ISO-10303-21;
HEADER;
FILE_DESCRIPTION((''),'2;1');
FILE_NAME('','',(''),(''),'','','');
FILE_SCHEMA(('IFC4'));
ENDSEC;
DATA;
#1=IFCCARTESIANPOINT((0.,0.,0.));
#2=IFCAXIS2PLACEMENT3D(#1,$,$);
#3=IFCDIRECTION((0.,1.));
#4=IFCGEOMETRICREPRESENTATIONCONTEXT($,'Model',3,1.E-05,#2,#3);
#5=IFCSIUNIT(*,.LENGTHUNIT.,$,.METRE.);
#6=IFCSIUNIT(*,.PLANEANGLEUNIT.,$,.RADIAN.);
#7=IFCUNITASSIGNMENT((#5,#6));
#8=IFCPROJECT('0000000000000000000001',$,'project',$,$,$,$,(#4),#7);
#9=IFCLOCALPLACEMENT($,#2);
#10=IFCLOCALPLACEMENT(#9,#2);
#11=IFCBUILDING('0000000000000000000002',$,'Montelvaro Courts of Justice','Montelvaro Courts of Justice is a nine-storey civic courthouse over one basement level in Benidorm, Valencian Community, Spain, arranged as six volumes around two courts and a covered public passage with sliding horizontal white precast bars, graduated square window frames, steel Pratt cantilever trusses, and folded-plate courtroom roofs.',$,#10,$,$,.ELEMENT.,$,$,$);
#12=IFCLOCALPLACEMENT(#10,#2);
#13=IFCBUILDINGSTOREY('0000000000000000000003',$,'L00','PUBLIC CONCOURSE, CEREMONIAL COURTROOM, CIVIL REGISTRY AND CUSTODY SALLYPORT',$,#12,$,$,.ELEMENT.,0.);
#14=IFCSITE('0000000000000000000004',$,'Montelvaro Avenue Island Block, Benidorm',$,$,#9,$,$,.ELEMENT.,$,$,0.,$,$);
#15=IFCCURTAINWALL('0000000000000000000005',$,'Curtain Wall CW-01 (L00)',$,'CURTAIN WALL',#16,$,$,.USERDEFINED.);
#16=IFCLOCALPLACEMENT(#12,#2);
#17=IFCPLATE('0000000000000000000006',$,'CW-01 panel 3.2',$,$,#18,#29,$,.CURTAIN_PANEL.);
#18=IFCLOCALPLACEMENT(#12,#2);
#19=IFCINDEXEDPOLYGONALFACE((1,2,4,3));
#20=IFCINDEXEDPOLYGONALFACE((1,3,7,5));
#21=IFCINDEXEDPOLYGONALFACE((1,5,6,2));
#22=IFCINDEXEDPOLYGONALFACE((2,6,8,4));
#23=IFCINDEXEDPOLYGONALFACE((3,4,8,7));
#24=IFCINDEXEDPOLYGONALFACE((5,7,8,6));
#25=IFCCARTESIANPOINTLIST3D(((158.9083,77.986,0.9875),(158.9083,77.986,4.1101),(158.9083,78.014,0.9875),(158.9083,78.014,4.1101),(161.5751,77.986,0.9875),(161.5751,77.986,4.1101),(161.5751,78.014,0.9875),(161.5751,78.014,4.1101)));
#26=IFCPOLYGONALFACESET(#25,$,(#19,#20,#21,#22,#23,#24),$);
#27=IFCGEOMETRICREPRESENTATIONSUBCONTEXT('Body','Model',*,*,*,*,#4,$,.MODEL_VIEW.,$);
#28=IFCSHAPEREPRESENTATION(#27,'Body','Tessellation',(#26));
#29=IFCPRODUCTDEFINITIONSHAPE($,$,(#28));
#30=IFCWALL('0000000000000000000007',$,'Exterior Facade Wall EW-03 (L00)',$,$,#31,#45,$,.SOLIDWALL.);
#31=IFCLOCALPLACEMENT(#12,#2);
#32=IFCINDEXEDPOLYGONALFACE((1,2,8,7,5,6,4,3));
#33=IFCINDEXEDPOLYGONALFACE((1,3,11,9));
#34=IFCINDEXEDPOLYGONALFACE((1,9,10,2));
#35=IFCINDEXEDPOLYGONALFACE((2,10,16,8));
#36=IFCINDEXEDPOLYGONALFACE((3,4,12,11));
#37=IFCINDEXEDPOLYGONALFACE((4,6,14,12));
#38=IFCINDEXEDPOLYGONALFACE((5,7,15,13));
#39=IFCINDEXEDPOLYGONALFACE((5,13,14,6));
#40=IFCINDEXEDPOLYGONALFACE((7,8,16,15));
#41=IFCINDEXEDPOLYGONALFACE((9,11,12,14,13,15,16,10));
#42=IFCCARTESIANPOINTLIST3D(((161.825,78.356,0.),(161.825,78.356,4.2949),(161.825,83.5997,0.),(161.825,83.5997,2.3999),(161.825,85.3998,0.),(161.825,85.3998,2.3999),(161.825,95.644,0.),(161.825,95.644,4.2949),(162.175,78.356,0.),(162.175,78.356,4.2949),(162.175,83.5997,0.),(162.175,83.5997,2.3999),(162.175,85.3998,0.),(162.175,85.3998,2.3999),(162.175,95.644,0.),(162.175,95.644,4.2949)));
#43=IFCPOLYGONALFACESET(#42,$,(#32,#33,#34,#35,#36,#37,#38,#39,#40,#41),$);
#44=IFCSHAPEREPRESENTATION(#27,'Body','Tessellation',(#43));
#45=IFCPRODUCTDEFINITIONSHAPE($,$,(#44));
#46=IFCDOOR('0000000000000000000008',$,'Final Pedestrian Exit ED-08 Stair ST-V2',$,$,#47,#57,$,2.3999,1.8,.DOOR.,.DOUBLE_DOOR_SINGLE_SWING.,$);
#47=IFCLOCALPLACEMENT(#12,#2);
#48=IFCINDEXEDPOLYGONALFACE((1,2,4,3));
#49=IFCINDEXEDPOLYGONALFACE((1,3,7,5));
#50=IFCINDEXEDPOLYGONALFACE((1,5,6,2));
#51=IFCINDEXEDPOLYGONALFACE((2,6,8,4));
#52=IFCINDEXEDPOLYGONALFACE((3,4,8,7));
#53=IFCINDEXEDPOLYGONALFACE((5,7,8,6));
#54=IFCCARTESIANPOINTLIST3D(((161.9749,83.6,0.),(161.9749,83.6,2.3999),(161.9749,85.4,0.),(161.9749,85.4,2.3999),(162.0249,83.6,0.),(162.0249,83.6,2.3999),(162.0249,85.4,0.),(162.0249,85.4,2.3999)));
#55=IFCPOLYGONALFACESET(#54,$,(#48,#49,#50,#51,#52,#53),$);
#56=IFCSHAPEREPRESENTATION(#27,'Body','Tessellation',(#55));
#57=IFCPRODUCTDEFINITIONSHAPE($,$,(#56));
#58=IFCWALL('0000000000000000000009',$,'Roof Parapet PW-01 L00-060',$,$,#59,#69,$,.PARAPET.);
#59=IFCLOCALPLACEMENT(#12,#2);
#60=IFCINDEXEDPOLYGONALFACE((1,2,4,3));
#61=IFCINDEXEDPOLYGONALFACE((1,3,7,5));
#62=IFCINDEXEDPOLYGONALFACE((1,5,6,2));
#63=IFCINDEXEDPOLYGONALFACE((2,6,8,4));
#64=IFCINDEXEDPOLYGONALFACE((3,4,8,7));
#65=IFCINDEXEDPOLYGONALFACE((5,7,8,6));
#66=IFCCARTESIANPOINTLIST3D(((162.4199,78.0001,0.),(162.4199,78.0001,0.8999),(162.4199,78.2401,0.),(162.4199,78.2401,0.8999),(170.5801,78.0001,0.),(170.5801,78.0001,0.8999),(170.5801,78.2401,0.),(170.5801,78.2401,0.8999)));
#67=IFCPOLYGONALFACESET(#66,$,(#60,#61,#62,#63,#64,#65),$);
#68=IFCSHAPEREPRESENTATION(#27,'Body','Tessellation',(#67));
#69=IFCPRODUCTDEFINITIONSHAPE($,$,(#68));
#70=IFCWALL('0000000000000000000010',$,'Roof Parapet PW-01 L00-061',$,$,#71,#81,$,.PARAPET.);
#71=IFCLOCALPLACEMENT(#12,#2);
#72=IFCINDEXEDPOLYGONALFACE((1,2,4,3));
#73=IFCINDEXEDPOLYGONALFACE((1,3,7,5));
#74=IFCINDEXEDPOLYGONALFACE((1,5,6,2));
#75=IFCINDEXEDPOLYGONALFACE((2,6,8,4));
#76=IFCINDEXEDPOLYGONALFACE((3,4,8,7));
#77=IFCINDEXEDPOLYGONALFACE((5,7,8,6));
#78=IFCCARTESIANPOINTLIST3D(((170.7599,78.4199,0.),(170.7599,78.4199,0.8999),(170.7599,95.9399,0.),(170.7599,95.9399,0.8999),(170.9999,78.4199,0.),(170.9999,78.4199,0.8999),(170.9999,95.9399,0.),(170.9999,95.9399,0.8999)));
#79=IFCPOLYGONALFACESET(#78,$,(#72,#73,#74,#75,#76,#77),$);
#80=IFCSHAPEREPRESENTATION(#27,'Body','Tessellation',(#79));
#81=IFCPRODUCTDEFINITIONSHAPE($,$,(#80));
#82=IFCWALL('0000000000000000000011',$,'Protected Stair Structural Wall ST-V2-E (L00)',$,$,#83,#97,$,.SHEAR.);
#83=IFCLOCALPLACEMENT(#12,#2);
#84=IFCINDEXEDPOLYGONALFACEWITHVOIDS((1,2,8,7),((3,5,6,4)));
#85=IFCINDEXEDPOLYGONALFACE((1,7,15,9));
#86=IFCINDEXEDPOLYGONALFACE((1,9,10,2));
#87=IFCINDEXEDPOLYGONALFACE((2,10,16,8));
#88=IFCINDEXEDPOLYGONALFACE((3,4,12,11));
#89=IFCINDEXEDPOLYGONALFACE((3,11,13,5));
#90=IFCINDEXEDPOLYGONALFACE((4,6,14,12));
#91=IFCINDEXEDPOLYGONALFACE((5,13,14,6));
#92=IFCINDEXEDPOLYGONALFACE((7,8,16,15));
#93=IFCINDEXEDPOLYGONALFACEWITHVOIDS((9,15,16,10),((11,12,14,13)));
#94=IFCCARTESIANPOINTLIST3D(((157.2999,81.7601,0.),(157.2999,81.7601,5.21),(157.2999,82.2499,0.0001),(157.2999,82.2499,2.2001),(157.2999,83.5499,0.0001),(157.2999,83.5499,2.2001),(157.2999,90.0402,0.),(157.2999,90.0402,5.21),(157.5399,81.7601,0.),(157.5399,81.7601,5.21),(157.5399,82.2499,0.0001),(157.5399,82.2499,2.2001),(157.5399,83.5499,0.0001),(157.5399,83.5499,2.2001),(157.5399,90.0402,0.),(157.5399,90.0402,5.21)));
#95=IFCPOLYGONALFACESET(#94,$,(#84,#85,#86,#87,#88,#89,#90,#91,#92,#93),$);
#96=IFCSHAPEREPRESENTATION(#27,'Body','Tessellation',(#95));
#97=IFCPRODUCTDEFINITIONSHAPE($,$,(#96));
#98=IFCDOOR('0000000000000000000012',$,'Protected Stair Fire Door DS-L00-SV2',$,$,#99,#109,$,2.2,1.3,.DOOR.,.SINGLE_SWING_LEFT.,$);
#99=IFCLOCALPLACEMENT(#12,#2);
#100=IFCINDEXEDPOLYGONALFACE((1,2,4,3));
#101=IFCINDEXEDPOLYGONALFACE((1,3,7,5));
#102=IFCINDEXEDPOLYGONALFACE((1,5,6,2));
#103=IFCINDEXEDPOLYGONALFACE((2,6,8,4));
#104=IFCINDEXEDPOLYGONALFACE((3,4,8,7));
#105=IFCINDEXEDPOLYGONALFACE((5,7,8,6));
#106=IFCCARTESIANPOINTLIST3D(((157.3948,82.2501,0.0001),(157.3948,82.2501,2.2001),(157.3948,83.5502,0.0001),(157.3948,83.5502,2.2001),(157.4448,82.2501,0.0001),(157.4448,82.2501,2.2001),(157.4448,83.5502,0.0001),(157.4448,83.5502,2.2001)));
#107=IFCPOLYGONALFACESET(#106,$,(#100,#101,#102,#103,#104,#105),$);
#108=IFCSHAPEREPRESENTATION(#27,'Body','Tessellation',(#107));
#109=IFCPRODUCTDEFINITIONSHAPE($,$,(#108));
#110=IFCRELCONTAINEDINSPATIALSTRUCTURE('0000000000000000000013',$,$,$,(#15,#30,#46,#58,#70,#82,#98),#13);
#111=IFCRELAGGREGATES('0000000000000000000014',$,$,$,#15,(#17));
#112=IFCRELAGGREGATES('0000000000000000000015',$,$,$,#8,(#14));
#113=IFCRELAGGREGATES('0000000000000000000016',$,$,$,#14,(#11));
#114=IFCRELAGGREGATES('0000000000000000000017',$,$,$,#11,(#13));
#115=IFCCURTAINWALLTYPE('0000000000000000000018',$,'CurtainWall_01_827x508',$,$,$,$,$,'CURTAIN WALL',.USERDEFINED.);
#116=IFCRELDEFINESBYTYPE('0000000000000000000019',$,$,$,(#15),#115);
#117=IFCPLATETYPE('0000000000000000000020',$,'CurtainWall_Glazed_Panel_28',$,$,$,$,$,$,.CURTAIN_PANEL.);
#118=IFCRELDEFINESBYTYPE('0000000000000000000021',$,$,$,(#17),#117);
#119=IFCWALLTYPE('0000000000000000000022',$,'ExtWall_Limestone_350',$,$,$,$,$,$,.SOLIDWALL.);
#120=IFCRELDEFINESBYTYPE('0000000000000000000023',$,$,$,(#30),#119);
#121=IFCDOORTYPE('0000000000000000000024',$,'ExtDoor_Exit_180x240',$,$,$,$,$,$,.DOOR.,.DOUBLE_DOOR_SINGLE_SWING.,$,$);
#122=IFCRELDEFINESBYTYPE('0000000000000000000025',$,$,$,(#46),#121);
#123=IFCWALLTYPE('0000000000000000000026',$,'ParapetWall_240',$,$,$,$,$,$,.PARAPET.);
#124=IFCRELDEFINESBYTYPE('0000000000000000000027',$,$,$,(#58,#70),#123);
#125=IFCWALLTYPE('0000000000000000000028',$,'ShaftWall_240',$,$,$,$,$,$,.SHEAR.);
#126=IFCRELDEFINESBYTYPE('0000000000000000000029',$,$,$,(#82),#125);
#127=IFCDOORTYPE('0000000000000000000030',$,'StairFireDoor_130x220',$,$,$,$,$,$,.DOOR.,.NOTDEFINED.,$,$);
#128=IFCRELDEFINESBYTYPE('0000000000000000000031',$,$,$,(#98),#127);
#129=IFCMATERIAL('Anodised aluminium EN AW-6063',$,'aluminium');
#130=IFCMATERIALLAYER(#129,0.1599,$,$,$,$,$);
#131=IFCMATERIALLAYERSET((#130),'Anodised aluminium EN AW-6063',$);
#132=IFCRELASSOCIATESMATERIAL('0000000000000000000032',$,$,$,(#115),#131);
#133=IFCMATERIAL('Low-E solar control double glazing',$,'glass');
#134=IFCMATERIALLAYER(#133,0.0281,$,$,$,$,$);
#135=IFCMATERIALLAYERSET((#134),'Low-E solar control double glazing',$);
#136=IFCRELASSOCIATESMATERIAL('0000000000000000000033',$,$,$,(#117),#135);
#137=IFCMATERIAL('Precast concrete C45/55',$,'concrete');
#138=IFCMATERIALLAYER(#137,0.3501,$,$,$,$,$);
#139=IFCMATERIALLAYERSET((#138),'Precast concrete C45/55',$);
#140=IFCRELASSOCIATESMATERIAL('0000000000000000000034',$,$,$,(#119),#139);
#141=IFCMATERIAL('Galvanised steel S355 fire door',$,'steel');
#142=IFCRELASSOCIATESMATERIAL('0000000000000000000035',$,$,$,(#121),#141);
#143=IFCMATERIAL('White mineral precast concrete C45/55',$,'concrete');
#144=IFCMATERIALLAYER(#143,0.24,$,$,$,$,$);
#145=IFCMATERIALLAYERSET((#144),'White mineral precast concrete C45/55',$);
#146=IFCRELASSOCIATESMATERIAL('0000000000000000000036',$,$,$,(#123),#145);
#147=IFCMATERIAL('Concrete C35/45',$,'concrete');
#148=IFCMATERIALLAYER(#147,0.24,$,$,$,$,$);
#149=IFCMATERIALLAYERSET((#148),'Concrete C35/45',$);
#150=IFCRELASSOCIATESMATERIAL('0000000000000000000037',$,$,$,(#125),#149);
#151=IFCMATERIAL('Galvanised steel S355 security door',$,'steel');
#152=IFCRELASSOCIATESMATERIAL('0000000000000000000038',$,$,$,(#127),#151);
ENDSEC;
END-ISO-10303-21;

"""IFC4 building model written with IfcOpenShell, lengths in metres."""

from ifc_helpers import new_model, si_unit, direction, frame, frame_2d, origin, origin_2d, place, context, subcontext, project, spatial, rectangle, extrude, material, layer, layer_set, type_object, element, fill, aggregate, save


model = new_model("IFC4")

# Units and contexts
model_context = context("Model", 3, precision=1e-05, world=origin(), true_north=direction((0.0, 1.0)))
body_context = subcontext(model_context, "Body", "Model", "MODEL_VIEW")
ifc_project = project(units=[si_unit("LENGTHUNIT", "METRE"), si_unit("PLANEANGLEUNIT", "RADIAN")], contexts=[model_context])

# Site, building, storey
site_placement = place(None, origin())
site = spatial("IfcSite", under=ifc_project, at=site_placement, Name="Montelvaro Avenue Island Block, Benidorm", CompositionType="ELEMENT", RefElevation=0.0)
building_placement = place(site_placement, origin())
building = spatial("IfcBuilding", under=site, at=building_placement, Name="Montelvaro Courts of Justice", Description="Montelvaro Courts of Justice is a nine-storey civic courthouse over one basement level in Benidorm, Valencian Community, Spain, arranged as six volumes around two courts and a covered public passage with sliding horizontal white precast bars, graduated square window frames, steel Pratt cantilever trusses, and folded-plate courtroom roofs.", CompositionType="ELEMENT")
storey_placement = place(building_placement, origin())
storey = spatial("IfcBuildingStorey", under=building, at=storey_placement, Name="L00", Description="PUBLIC CONCOURSE, CEREMONIAL COURTROOM, CIVIL REGISTRY AND CUSTODY SALLYPORT", CompositionType="ELEMENT", Elevation=0.0)

# Curtain wall, plate
ifc_material_1 = material(Name="Anodised aluminium EN AW-6063", Category="aluminium")
ifc_layer_1 = layer(ifc_material_1, 0.1599)
ifc_layer_set_1 = layer_set([ifc_layer_1], Name="Anodised aluminium EN AW-6063")
curtain_wall_type = type_object("IfcCurtainWallType", Name="CurtainWall_01_827x508", ElementType="CURTAIN WALL", PredefinedType="USERDEFINED", material=ifc_layer_set_1)
curtain_wall_placement = place(storey_placement, origin())
curtain_wall = element("IfcCurtainWall", 1, at=curtain_wall_placement, inside=storey, type_object=curtain_wall_type, Name="Curtain Wall CW-01 (L00)", ObjectType="CURTAIN WALL", PredefinedType="USERDEFINED")
ifc_material_2 = material(Name="Low-E solar control double glazing", Category="glass")
ifc_layer_2 = layer(ifc_material_2, 0.0281)
ifc_layer_set_2 = layer_set([ifc_layer_2], Name="Low-E solar control double glazing")
plate_type = type_object("IfcPlateType", Name="CurtainWall_Glazed_Panel_28", PredefinedType="CURTAIN_PANEL", material=ifc_layer_set_2)
plate_1_placement = place(storey_placement, frame((160.2417, 78.0, 0.9875), z_axis=(0.0, 0.0, 1.0), x_axis=(1.0, 0.0, 0.0)))
plate_1 = element("IfcPlate", 2, at=plate_1_placement, type_object=plate_type, Name="CW-01 panel 3.2", PredefinedType="CURTAIN_PANEL", context=body_context, shape_type="SweptSolid", body=[
    extrude(rectangle(XDim=2.6667, YDim=0.0281, at=origin_2d()), origin(), (0.0, 0.0, 1.0), 3.1226),
])
aggregate(curtain_wall, [plate_1])

# Wall, opening, door
ifc_material_3 = material(Name="Precast concrete C45/55", Category="concrete")
ifc_layer_3 = layer(ifc_material_3, 0.3501)
ifc_layer_set_3 = layer_set([ifc_layer_3], Name="Precast concrete C45/55")
wall_type_1 = type_object("IfcWallType", Name="ExtWall_Limestone_350", PredefinedType="SOLIDWALL", material=ifc_layer_set_3)
wall_1_placement = place(storey_placement, frame((162.0, 78.356, 0.0), z_axis=(0.0, 0.0, 1.0), x_axis=(0.0, 1.0, 0.0)))
wall_1 = element("IfcWall", 3, at=wall_1_placement, inside=storey, type_object=wall_type_1, Name="Exterior Facade Wall EW-03 (L00)", PredefinedType="SOLIDWALL", context=body_context, shape_type="SweptSolid", body=[
    extrude(rectangle(XDim=17.2881, YDim=0.3501, at=frame_2d((8.644, 0.0))), origin(), (0.0, 0.0, 1.0), 4.2949),
])
opening_1_placement = place(wall_1_placement, frame((5.2439, 0.0, 0.0)))
opening_1 = element("IfcOpeningElement", 4, at=opening_1_placement, cuts=wall_1, PredefinedType="OPENING", context=body_context, shape_type="SweptSolid", body=[
    extrude(rectangle(XDim=1.8, YDim=2.3999, at=frame_2d((0.8999, 1.2))), frame((0.0, 0.1899, 0.0), z_axis=(0.0, -1.0, 0.0), x_axis=(1.0, 0.0, 0.0)), (0.0, 0.0, 1.0), 0.3799),
])
ifc_material_4 = material(Name="Galvanised steel S355 fire door", Category="steel")
door_type_1 = type_object("IfcDoorType", Name="ExtDoor_Exit_180x240", OperationType="DOUBLE_DOOR_SINGLE_SWING", PredefinedType="DOOR", material=ifc_material_4)
door_1_placement = place(opening_1_placement, frame((1.8, 0.0, 0.0), z_axis=(0.0, 0.0, 1.0), x_axis=(-1.0, 0.0, 0.0)))
door_1 = element("IfcDoor", 5, at=door_1_placement, inside=storey, type_object=door_type_1, Name="Final Pedestrian Exit ED-08 Stair ST-V2", OperationType="DOUBLE_DOOR_SINGLE_SWING", OverallHeight=2.3999, OverallWidth=1.8, PredefinedType="DOOR", context=body_context, shape_type="SweptSolid", body=[
    extrude(rectangle(XDim=1.8, YDim=2.3999, at=frame_2d((0.8999, 1.2))), frame((0.0, 0.0249, 0.0), z_axis=(0.0, -1.0, 0.0), x_axis=(1.0, 0.0, 0.0)), (0.0, 0.0, 1.0), 0.05),
])
fill(opening_1, door_1)

# Walls
ifc_material_5 = material(Name="White mineral precast concrete C45/55", Category="concrete")
ifc_layer_4 = layer(ifc_material_5, 0.24)
ifc_layer_set_4 = layer_set([ifc_layer_4], Name="White mineral precast concrete C45/55")
wall_type_2 = type_object("IfcWallType", Name="ParapetWall_240", PredefinedType="PARAPET", material=ifc_layer_set_4)
wall_2_placement = place(storey_placement, frame((162.4199, 78.1201, 0.0), z_axis=(0.0, 0.0, 1.0), x_axis=(1.0, 0.0, 0.0)))
element("IfcWall", 6, at=wall_2_placement, inside=storey, type_object=wall_type_2, Name="Roof Parapet PW-01 L00-060", PredefinedType="PARAPET", context=body_context, shape_type="SweptSolid", body=[
    extrude(rectangle(XDim=8.1602, YDim=0.24, at=frame_2d((4.0801, 0.0))), origin(), (0.0, 0.0, 1.0), 0.8999),
])
wall_3_placement = place(storey_placement, frame((170.8799, 78.4199, 0.0), z_axis=(0.0, 0.0, 1.0), x_axis=(0.0, 1.0, 0.0)))
element("IfcWall", 7, at=wall_3_placement, inside=storey, type_object=wall_type_2, Name="Roof Parapet PW-01 L00-061", PredefinedType="PARAPET", context=body_context, shape_type="SweptSolid", body=[
    extrude(rectangle(XDim=17.52, YDim=0.24, at=frame_2d((8.76, 0.0))), origin(), (0.0, 0.0, 1.0), 0.8999),
])

# Wall, opening, door
ifc_material_6 = material(Name="Concrete C35/45", Category="concrete")
ifc_layer_5 = layer(ifc_material_6, 0.24)
ifc_layer_set_5 = layer_set([ifc_layer_5], Name="Concrete C35/45")
wall_type_3 = type_object("IfcWallType", Name="ShaftWall_240", PredefinedType="SHEAR", material=ifc_layer_set_5)
wall_4_placement = place(storey_placement, frame((157.4199, 81.76, 0.0), z_axis=(0.0, 0.0, 1.0), x_axis=(0.0, 1.0, 0.0)))
wall_4 = element("IfcWall", 8, at=wall_4_placement, inside=storey, type_object=wall_type_3, Name="Protected Stair Structural Wall ST-V2-E (L00)", PredefinedType="SHEAR", context=body_context, shape_type="SweptSolid", body=[
    extrude(rectangle(XDim=8.28, YDim=0.24, at=frame_2d((4.1401, 0.0))), origin(), (0.0, 0.0, 1.0), 5.21),
])
opening_2_placement = place(wall_4_placement, frame((0.49, 0.0, 0.0)))
opening_2 = element("IfcOpeningElement", 9, at=opening_2_placement, cuts=wall_4, PredefinedType="OPENING", context=body_context, shape_type="SweptSolid", body=[
    extrude(rectangle(XDim=1.3, YDim=2.2, at=frame_2d((0.6499, 1.1001))), frame((0.0, 0.1348, 0.0), z_axis=(0.0, -1.0, 0.0), x_axis=(1.0, 0.0, 0.0)), (0.0, 0.0, 1.0), 0.2698),
])
ifc_material_7 = material(Name="Galvanised steel S355 security door", Category="steel")
door_type_2 = type_object("IfcDoorType", Name="StairFireDoor_130x220", OperationType="NOTDEFINED", PredefinedType="DOOR", material=ifc_material_7)
door_2_placement = place(opening_2_placement, frame((1.3, 0.0, 0.0), z_axis=(0.0, 0.0, 1.0), x_axis=(-1.0, 0.0, 0.0)))
door_2 = element("IfcDoor", 10, at=door_2_placement, inside=storey, type_object=door_type_2, Name="Protected Stair Fire Door DS-L00-SV2", OperationType="SINGLE_SWING_LEFT", OverallHeight=2.2, OverallWidth=1.3, PredefinedType="DOOR", context=body_context, shape_type="SweptSolid", body=[
    extrude(rectangle(XDim=1.3, YDim=2.2, at=frame_2d((0.6499, 1.1001))), frame((0.0, 0.0249, 0.0), z_axis=(0.0, -1.0, 0.0), x_axis=(1.0, 0.0, 0.0)), (0.0, 0.0, 1.0), 0.05),
])
fill(opening_2, door_2)

save(model, "model.ifc")
